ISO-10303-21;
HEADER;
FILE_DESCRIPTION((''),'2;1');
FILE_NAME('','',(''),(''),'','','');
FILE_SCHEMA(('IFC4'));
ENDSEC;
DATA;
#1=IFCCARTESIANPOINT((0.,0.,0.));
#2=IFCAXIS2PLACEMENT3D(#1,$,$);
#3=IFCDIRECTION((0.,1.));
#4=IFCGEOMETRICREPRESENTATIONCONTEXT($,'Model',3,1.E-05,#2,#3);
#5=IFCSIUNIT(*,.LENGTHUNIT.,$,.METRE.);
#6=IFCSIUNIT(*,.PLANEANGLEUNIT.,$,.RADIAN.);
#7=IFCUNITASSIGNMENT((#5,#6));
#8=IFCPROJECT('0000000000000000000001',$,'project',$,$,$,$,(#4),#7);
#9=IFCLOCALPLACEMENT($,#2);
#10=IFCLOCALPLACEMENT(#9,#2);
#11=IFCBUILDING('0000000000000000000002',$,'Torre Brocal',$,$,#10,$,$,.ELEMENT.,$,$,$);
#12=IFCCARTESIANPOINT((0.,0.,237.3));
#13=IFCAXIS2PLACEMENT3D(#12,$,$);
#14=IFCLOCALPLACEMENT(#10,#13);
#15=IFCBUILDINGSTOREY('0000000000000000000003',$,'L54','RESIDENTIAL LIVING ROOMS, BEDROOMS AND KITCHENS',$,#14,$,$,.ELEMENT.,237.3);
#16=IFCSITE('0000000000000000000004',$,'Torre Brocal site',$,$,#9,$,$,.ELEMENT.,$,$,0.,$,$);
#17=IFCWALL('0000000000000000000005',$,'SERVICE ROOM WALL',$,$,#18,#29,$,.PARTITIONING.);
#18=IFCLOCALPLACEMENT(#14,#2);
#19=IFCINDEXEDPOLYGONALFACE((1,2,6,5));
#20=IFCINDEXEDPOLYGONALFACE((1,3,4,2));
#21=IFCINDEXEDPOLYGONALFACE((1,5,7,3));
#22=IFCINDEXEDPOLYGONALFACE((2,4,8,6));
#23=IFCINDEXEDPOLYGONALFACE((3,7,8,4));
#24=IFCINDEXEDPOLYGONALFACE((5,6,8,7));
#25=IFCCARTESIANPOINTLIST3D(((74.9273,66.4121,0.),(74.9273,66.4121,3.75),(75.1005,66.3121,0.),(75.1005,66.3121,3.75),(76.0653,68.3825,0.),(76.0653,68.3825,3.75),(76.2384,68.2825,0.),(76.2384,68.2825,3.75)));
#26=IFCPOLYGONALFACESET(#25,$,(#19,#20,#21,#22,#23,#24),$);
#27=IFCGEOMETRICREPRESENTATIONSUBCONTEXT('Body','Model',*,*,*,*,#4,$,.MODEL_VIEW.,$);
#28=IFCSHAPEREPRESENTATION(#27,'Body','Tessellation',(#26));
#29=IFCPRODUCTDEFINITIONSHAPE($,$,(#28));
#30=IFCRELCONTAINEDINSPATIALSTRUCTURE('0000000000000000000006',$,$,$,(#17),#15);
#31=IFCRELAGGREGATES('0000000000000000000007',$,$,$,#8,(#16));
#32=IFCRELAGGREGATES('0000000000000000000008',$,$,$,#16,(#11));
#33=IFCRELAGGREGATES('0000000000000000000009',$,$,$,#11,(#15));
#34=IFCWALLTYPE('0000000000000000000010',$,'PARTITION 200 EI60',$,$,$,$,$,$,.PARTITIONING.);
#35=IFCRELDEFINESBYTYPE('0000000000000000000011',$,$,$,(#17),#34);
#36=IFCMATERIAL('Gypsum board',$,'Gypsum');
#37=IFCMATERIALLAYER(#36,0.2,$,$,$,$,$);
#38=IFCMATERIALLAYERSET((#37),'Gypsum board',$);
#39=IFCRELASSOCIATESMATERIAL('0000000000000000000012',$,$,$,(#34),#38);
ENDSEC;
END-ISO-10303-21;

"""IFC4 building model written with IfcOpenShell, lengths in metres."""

from ifc_helpers import new_model, si_unit, direction, frame, frame_2d, origin, place, context, subcontext, project, spatial, rectangle, extrude, material, layer, layer_set, type_object, element, save


model = new_model("IFC4")

# Units and contexts
model_context = context("Model", 3, precision=1e-05, world=origin(), true_north=direction((0.0, 1.0)))
body_context = subcontext(model_context, "Body", "Model", "MODEL_VIEW")
ifc_project = project(units=[si_unit("LENGTHUNIT", "METRE"), si_unit("PLANEANGLEUNIT", "RADIAN")], contexts=[model_context])

# Site, building, storey
site_placement = place(None, origin())
site = spatial("IfcSite", under=ifc_project, at=site_placement, Name="Torre Brocal site", CompositionType="ELEMENT", RefElevation=0.0)
building_placement = place(site_placement, origin())
building = spatial("IfcBuilding", under=site, at=building_placement, Name="Torre Brocal", CompositionType="ELEMENT")
storey_placement = place(building_placement, frame((0.0, 0.0, 237.3)))
storey = spatial("IfcBuildingStorey", under=building, at=storey_placement, Name="L54", Description="RESIDENTIAL LIVING ROOMS, BEDROOMS AND KITCHENS", CompositionType="ELEMENT", Elevation=237.3)

# Shared definitions
ifc_material_1 = material(Name="Gypsum board", Category="Gypsum")
ifc_layer_1 = layer(ifc_material_1, 0.2)
ifc_layer_set_1 = layer_set([ifc_layer_1], Name="Gypsum board")
wall_type_1 = type_object("IfcWallType", Name="PARTITION 200 EI60", PredefinedType="PARTITIONING", material=ifc_layer_set_1)

# Wall
wall_1_placement = place(storey_placement, frame((75.0139, 66.3621, 0.0), z_axis=(0.0, 0.0, 1.0), x_axis=(0.500097, 0.865969, 0.0)))
element("IfcWall", 1, at=wall_1_placement, inside=storey, type_object=wall_type_1, Name="SERVICE ROOM WALL", PredefinedType="PARTITIONING", context=body_context, shape_type="SweptSolid", body=[
    extrude(rectangle(XDim=2.2754, YDim=0.2, at=frame_2d((1.1377, 0.0))), origin(), (0.0, 0.0, 1.0), 3.75),
])

save(model, "model.ifc")
